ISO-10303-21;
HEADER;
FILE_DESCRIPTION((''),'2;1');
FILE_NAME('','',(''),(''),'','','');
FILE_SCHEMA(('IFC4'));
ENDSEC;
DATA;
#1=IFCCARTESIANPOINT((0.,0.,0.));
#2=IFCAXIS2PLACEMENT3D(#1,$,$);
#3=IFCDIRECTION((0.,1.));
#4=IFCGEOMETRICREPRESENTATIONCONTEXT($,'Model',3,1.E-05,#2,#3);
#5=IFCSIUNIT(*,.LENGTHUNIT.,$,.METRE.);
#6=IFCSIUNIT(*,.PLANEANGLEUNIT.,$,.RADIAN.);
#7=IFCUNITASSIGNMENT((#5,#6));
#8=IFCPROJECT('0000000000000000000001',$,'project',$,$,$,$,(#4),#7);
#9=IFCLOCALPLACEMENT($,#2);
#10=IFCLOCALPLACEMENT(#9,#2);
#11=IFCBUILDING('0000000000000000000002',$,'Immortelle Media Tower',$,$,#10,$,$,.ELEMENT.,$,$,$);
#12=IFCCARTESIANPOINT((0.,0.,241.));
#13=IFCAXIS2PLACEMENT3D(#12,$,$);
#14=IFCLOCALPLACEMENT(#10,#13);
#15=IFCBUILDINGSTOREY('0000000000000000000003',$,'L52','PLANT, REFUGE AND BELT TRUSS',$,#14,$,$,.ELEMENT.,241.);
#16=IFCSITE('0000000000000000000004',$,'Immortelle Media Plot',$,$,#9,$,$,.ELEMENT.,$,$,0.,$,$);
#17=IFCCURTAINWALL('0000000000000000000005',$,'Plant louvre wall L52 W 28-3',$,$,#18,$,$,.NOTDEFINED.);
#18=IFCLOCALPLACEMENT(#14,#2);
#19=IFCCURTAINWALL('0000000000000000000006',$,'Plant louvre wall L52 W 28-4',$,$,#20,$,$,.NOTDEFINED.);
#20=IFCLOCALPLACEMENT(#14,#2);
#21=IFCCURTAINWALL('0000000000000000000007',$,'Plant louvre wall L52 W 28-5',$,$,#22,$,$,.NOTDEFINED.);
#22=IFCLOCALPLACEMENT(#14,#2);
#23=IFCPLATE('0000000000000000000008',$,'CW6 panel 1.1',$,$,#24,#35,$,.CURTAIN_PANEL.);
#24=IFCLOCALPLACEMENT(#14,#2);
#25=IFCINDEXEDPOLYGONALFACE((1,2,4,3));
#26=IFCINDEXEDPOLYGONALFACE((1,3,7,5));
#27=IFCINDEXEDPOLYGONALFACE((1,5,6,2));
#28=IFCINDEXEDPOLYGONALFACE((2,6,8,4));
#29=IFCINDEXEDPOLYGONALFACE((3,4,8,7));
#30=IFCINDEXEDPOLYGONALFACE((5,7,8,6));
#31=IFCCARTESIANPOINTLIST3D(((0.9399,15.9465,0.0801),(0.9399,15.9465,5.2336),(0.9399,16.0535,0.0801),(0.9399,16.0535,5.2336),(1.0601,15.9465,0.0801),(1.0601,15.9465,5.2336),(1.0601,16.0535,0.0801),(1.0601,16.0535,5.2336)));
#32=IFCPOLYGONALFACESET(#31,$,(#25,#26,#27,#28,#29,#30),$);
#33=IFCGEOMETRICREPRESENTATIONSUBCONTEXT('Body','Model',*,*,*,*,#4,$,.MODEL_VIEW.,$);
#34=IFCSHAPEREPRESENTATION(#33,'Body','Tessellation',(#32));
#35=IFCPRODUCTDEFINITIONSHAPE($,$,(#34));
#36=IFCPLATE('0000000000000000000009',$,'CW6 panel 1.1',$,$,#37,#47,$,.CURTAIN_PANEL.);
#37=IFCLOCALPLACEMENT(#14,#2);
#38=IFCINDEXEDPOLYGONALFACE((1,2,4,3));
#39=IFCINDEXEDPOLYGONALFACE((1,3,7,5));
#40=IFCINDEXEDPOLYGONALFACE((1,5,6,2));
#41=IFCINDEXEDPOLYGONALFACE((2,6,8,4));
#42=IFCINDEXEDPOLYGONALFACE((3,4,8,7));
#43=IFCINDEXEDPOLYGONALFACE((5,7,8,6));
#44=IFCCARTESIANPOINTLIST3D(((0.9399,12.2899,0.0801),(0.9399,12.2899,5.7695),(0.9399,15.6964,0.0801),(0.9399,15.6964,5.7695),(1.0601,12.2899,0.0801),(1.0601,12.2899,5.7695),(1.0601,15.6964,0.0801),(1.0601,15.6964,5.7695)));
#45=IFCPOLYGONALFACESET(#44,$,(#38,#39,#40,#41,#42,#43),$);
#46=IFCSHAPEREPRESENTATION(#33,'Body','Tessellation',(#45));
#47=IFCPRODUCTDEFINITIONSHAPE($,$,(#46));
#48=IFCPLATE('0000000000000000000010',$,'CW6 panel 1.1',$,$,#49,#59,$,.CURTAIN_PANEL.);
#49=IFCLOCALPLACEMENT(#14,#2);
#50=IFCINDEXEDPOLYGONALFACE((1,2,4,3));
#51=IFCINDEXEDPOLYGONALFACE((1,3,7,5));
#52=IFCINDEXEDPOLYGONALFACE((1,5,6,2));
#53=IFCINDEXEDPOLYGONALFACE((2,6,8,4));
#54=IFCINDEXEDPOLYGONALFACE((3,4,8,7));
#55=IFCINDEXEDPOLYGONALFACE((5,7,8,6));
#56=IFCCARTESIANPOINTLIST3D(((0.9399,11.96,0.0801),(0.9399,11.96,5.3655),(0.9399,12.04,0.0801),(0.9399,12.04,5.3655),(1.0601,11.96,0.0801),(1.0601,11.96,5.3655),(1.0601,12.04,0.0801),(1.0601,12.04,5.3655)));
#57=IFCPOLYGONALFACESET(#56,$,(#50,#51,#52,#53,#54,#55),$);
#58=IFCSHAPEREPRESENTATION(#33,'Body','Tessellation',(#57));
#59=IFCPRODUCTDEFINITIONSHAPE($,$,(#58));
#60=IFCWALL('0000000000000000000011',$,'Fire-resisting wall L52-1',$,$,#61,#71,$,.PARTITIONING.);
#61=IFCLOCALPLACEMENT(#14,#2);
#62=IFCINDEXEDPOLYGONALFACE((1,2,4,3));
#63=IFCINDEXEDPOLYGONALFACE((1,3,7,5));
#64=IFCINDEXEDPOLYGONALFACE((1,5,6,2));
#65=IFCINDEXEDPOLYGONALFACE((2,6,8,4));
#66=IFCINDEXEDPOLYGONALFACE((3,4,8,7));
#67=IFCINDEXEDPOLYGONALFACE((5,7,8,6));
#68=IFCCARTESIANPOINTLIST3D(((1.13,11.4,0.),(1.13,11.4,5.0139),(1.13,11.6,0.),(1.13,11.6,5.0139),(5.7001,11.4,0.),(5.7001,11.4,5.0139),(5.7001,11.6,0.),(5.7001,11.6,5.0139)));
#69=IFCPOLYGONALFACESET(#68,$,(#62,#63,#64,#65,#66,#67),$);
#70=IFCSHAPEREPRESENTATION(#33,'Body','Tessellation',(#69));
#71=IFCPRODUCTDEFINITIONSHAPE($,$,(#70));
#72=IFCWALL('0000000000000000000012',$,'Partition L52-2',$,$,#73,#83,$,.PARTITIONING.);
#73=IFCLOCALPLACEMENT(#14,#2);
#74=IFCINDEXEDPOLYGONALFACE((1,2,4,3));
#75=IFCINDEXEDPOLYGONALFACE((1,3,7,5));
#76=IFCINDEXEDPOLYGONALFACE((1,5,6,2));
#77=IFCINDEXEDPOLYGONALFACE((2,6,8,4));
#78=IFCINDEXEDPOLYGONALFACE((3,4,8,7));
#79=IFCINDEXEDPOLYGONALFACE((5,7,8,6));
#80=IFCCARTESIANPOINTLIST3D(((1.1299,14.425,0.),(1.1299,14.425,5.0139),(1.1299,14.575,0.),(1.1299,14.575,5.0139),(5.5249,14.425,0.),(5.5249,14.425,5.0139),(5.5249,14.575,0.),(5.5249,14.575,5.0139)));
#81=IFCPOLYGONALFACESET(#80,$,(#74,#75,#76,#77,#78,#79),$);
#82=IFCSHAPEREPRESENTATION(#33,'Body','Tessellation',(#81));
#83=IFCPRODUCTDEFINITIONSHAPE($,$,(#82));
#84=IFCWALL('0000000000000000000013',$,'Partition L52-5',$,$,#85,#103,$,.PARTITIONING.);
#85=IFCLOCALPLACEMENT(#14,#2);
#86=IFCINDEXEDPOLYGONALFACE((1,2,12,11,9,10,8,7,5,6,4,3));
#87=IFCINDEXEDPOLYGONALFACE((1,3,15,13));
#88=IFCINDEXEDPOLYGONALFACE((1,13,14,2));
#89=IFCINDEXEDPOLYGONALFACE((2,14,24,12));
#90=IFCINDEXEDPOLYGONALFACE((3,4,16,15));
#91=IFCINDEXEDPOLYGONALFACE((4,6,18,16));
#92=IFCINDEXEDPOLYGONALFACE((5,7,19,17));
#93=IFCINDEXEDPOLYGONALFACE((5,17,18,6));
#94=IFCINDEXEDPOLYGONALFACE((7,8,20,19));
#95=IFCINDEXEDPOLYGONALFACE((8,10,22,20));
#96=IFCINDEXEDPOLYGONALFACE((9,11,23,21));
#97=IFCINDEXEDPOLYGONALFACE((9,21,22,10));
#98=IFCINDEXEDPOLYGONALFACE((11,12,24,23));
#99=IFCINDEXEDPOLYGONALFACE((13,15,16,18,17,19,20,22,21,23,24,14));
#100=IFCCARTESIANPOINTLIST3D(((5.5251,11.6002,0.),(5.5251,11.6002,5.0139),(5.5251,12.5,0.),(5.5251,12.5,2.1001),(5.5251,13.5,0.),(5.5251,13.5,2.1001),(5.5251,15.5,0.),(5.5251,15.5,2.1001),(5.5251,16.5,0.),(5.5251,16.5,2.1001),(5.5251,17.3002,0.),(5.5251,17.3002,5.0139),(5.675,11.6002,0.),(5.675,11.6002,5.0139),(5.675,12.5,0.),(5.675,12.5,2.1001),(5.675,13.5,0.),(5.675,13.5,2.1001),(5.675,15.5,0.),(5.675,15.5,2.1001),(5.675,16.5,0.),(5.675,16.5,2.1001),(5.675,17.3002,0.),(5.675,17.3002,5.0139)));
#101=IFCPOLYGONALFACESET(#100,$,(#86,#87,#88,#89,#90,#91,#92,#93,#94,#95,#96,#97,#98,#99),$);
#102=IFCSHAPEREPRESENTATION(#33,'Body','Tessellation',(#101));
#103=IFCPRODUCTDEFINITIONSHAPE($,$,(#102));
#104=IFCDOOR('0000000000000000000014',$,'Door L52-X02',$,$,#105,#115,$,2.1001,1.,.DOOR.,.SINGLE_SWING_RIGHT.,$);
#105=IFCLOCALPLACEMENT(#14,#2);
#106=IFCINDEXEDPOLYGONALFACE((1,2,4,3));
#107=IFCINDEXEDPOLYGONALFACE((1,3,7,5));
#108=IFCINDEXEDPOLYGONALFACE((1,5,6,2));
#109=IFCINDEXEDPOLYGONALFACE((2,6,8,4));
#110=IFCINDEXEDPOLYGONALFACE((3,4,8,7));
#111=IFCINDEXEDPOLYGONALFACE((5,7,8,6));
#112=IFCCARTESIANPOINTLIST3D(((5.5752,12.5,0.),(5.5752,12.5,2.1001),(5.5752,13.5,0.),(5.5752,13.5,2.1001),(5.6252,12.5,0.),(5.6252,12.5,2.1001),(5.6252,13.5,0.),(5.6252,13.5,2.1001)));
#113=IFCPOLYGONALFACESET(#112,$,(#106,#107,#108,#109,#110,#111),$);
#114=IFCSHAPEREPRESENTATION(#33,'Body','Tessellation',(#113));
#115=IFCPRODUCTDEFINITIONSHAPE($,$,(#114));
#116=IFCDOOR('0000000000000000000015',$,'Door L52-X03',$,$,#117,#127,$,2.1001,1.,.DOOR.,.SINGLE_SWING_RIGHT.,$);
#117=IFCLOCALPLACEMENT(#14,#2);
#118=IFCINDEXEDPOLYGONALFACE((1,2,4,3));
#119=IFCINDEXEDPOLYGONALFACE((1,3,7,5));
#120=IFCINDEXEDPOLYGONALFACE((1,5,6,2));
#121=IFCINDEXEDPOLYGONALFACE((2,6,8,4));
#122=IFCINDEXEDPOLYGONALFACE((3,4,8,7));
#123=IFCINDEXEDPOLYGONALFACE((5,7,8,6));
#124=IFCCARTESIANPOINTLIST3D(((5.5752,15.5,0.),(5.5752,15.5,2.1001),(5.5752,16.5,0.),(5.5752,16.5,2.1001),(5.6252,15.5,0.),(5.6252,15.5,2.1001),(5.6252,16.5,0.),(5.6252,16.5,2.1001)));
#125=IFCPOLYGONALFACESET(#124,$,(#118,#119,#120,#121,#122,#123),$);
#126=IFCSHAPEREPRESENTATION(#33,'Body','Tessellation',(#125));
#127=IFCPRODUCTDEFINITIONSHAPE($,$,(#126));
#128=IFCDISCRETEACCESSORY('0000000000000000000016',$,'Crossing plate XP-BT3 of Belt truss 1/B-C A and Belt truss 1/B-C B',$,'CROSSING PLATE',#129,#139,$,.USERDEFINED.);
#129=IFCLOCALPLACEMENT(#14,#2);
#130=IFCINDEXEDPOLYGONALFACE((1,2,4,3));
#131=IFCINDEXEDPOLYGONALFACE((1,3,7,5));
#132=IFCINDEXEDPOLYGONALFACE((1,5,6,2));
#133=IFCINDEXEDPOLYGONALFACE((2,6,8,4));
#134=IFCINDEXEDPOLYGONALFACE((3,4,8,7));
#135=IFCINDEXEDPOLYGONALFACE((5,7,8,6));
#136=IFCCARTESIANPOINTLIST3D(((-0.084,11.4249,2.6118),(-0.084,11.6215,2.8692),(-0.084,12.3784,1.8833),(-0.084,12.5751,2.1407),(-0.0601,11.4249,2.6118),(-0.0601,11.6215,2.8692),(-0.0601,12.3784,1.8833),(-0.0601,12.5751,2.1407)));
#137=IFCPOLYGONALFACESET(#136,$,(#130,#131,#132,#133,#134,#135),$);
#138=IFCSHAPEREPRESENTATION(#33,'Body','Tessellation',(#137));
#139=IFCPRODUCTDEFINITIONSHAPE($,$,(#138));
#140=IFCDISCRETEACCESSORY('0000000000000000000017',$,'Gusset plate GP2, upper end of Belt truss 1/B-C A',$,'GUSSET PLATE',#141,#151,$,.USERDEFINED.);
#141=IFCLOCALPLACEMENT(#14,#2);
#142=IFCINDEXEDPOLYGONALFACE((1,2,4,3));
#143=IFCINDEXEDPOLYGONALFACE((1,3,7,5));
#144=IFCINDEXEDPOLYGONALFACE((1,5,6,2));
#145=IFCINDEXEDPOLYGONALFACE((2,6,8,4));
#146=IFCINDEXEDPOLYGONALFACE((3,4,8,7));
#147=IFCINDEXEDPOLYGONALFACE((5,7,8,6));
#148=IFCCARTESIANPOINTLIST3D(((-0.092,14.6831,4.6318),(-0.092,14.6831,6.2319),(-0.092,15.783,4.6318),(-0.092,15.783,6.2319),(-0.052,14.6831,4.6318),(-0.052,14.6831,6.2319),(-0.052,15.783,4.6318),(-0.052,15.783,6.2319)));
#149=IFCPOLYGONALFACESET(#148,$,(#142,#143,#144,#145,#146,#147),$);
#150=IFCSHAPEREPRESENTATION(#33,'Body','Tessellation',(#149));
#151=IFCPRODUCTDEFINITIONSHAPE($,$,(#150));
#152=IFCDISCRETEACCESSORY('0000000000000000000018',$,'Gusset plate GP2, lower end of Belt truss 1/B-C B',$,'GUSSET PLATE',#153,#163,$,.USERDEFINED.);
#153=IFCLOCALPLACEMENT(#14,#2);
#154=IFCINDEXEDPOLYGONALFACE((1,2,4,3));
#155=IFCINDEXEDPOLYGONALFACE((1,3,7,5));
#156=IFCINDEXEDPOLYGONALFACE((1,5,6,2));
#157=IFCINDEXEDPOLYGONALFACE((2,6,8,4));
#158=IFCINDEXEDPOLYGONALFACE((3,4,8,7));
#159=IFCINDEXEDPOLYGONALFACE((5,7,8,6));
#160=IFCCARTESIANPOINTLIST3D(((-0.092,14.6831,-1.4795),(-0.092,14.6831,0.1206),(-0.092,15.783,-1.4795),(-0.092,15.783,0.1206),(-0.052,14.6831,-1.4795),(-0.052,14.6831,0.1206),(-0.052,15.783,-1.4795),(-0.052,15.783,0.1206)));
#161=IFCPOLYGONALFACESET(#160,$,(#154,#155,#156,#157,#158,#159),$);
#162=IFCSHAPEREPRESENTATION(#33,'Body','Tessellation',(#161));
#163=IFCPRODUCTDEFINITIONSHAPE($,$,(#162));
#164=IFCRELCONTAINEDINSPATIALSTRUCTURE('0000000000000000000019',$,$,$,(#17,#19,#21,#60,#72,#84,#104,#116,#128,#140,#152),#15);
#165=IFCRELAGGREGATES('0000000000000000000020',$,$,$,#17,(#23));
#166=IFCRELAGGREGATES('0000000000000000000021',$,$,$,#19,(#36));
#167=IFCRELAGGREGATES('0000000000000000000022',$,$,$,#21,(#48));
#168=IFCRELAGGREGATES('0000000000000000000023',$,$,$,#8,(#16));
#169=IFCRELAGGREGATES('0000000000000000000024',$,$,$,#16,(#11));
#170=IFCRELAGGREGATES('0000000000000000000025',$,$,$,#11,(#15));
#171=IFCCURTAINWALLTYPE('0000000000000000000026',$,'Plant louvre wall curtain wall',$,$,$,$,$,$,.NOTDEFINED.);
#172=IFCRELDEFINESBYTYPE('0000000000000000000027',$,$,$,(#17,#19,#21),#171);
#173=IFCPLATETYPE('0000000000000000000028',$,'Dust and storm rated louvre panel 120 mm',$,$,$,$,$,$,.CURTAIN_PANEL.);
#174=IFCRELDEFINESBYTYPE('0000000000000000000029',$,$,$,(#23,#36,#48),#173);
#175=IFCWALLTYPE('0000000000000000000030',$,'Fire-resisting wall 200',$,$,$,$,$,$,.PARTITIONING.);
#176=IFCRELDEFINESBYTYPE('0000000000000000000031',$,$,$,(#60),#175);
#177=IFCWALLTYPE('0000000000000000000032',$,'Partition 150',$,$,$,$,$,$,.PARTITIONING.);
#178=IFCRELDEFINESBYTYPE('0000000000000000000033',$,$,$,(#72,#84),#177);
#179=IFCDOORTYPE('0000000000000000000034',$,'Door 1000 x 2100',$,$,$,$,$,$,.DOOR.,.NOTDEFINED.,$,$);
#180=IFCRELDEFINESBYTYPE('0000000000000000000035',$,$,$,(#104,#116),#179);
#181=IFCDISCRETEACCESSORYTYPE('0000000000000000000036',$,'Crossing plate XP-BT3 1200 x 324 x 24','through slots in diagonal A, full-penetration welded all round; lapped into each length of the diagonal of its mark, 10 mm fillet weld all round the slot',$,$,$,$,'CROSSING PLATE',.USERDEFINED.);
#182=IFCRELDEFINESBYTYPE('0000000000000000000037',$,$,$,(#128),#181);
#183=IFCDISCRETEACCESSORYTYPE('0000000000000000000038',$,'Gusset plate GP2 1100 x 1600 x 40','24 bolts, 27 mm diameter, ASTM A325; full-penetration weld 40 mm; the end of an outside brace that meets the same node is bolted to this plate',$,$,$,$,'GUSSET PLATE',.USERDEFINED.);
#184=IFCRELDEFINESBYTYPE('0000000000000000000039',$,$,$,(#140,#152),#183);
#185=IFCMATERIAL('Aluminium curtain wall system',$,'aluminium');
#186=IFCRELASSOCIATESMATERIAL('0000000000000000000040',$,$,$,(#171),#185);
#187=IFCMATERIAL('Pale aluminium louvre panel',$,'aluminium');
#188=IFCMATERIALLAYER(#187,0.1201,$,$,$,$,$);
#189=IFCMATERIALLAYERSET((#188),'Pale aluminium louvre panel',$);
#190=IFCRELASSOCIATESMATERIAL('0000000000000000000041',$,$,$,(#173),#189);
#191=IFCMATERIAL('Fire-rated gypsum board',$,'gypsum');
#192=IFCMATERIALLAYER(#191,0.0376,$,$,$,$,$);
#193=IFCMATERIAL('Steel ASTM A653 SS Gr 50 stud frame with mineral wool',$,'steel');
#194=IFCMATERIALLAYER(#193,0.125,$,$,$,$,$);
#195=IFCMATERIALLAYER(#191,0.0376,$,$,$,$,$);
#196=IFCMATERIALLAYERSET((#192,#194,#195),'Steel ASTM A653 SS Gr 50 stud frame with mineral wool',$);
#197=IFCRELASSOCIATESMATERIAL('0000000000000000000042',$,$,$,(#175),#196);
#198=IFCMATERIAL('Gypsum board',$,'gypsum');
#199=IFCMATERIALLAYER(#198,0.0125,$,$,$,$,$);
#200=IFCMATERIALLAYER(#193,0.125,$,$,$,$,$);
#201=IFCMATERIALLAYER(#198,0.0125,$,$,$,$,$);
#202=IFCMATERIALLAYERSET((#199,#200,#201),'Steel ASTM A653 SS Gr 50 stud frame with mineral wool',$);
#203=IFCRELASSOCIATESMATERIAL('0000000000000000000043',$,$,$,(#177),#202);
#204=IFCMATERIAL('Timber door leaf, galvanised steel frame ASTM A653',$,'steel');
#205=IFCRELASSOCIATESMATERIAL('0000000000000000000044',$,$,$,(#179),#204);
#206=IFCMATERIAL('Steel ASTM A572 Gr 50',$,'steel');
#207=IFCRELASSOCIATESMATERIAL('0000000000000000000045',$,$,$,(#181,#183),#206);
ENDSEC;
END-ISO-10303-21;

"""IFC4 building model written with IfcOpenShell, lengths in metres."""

from ifc_helpers import new_model, si_unit, direction, frame, frame_2d, origin, origin_2d, place, context, subcontext, project, spatial, rectangle, extrude, material, layer, layer_set, material_profile, profile_set, type_object, element, fill, aggregate, save


model = new_model("IFC4")

# Units and contexts
model_context = context("Model", 3, precision=1e-05, world=origin(), true_north=direction((0.0, 1.0)))
body_context = subcontext(model_context, "Body", "Model", "MODEL_VIEW")
ifc_project = project(units=[si_unit("LENGTHUNIT", "METRE"), si_unit("PLANEANGLEUNIT", "RADIAN")], contexts=[model_context])

# Site, building, storey
site_placement = place(None, origin())
site = spatial("IfcSite", under=ifc_project, at=site_placement, Name="Immortelle Media Plot", CompositionType="ELEMENT", RefElevation=0.0)
building_placement = place(site_placement, origin())
building = spatial("IfcBuilding", under=site, at=building_placement, Name="Immortelle Media Tower", CompositionType="ELEMENT")
storey_placement = place(building_placement, frame((0.0, 0.0, 241.0)))
storey = spatial("IfcBuildingStorey", under=building, at=storey_placement, Name="L52", Description="PLANT, REFUGE AND BELT TRUSS", CompositionType="ELEMENT", Elevation=241.0)

# Shared definitions
ifc_material_1 = material(Name="Aluminium curtain wall system", Category="aluminium")
curtain_wall_type = type_object("IfcCurtainWallType", Name="Plant louvre wall curtain wall", PredefinedType="NOTDEFINED", material=ifc_material_1)

# Curtain walls
curtain_wall_1_placement = place(storey_placement, origin())
curtain_wall_1 = element("IfcCurtainWall", 1, at=curtain_wall_1_placement, inside=storey, type_object=curtain_wall_type, Name="Plant louvre wall L52 W 28-3", PredefinedType="NOTDEFINED")
curtain_wall_2_placement = place(storey_placement, origin())
curtain_wall_2 = element("IfcCurtainWall", 2, at=curtain_wall_2_placement, inside=storey, type_object=curtain_wall_type, Name="Plant louvre wall L52 W 28-4", PredefinedType="NOTDEFINED")
curtain_wall_3_placement = place(storey_placement, origin())
curtain_wall_3 = element("IfcCurtainWall", 3, at=curtain_wall_3_placement, inside=storey, type_object=curtain_wall_type, Name="Plant louvre wall L52 W 28-5", PredefinedType="NOTDEFINED")

# Plates
ifc_material_2 = material(Name="Pale aluminium louvre panel", Category="aluminium")
ifc_layer_1 = layer(ifc_material_2, 0.1201)
ifc_layer_set_1 = layer_set([ifc_layer_1], Name="Pale aluminium louvre panel")
plate_type = type_object("IfcPlateType", Name="Dust and storm rated louvre panel 120 mm", PredefinedType="CURTAIN_PANEL", material=ifc_layer_set_1)
plate_1_placement = place(storey_placement, frame((1.0, 16.0, 0.0801), z_axis=(0.0, 0.0, 1.0), x_axis=(0.0, -1.0, 0.0)))
plate_1 = element("IfcPlate", 4, at=plate_1_placement, type_object=plate_type, Name="CW6 panel 1.1", PredefinedType="CURTAIN_PANEL", context=body_context, shape_type="SweptSolid", body=[
    extrude(rectangle(XDim=0.1069, YDim=0.1201, at=origin_2d()), origin(), (0.0, 0.0, 1.0), 5.1536),
])
aggregate(curtain_wall_1, [plate_1])
plate_2_placement = place(storey_placement, frame((1.0, 13.9932, 0.0801), z_axis=(0.0, 0.0, 1.0), x_axis=(0.0, -1.0, 0.0)))
plate_2 = element("IfcPlate", 5, at=plate_2_placement, type_object=plate_type, Name="CW6 panel 1.1", PredefinedType="CURTAIN_PANEL", context=body_context, shape_type="SweptSolid", body=[
    extrude(rectangle(XDim=3.4065, YDim=0.1201, at=origin_2d()), origin(), (0.0, 0.0, 1.0), 5.6895),
])
aggregate(curtain_wall_2, [plate_2])
plate_3_placement = place(storey_placement, frame((1.0, 12.0, 0.0801), z_axis=(0.0, 0.0, 1.0), x_axis=(0.0, -1.0, 0.0)))
plate_3 = element("IfcPlate", 6, at=plate_3_placement, type_object=plate_type, Name="CW6 panel 1.1", PredefinedType="CURTAIN_PANEL", context=body_context, shape_type="SweptSolid", body=[
    extrude(rectangle(XDim=0.0801, YDim=0.1201, at=origin_2d()), origin(), (0.0, 0.0, 1.0), 5.2854),
])
aggregate(curtain_wall_3, [plate_3])

# Walls
ifc_material_3 = material(Name="Fire-rated gypsum board", Category="gypsum")
ifc_layer_2 = layer(ifc_material_3, 0.0376)
ifc_material_4 = material(Name="Steel ASTM A653 SS Gr 50 stud frame with mineral wool", Category="steel")
ifc_layer_3 = layer(ifc_material_4, 0.125)
ifc_layer_4 = layer(ifc_material_3, 0.0376)
ifc_layer_set_2 = layer_set([ifc_layer_2, ifc_layer_3, ifc_layer_4], Name="Steel ASTM A653 SS Gr 50 stud frame with mineral wool")
wall_type_1 = type_object("IfcWallType", Name="Fire-resisting wall 200", PredefinedType="PARTITIONING", material=ifc_layer_set_2)
wall_1_placement = place(storey_placement, frame((1.1299, 11.5, 0.0), z_axis=(0.0, 0.0, 1.0), x_axis=(1.0, 0.0, 0.0)))
element("IfcWall", 7, at=wall_1_placement, inside=storey, type_object=wall_type_1, Name="Fire-resisting wall L52-1", PredefinedType="PARTITIONING", context=body_context, shape_type="SweptSolid", body=[
    extrude(rectangle(XDim=4.5701, YDim=0.2, at=frame_2d((2.2852, 0.0))), origin(), (0.0, 0.0, 1.0), 5.0139),
])
ifc_material_5 = material(Name="Gypsum board", Category="gypsum")
ifc_layer_5 = layer(ifc_material_5, 0.0125)
ifc_layer_6 = layer(ifc_material_4, 0.125)
ifc_layer_7 = layer(ifc_material_5, 0.0125)
ifc_layer_set_3 = layer_set([ifc_layer_5, ifc_layer_6, ifc_layer_7], Name="Steel ASTM A653 SS Gr 50 stud frame with mineral wool")
wall_type_2 = type_object("IfcWallType", Name="Partition 150", PredefinedType="PARTITIONING", material=ifc_layer_set_3)
wall_2_placement = place(storey_placement, frame((1.1299, 14.5, 0.0), z_axis=(0.0, 0.0, 1.0), x_axis=(1.0, 0.0, 0.0)))
element("IfcWall", 8, at=wall_2_placement, inside=storey, type_object=wall_type_2, Name="Partition L52-2", PredefinedType="PARTITIONING", context=body_context, shape_type="SweptSolid", body=[
    extrude(rectangle(XDim=4.395, YDim=0.1499, at=frame_2d((2.1975, 0.0))), origin(), (0.0, 0.0, 1.0), 5.0139),
])

# Wall, openings, doors
wall_3_placement = place(storey_placement, frame((5.6001, 11.6001, 0.0), z_axis=(0.0, 0.0, 1.0), x_axis=(0.0, 1.0, 0.0)))
wall_3 = element("IfcWall", 9, at=wall_3_placement, inside=storey, type_object=wall_type_2, Name="Partition L52-5", PredefinedType="PARTITIONING", context=body_context, shape_type="SweptSolid", body=[
    extrude(rectangle(XDim=5.7, YDim=0.1499, at=frame_2d((2.8501, 0.0))), origin(), (0.0, 0.0, 1.0), 5.0139),
])
opening_1_placement = place(wall_3_placement, frame((0.8999, 0.0, 0.0)))
opening_1 = element("IfcOpeningElement", 10, at=opening_1_placement, cuts=wall_3, PredefinedType="OPENING", context=body_context, shape_type="SweptSolid", body=[
    extrude(rectangle(XDim=1.0, YDim=2.1001, at=frame_2d((0.5, 1.05))), frame((0.0, 0.085, 0.0), z_axis=(0.0, -1.0, 0.0), x_axis=(1.0, 0.0, 0.0)), (0.0, 0.0, 1.0), 0.1699),
])
opening_2_placement = place(wall_3_placement, frame((3.8999, 0.0, 0.0)))
opening_2 = element("IfcOpeningElement", 11, at=opening_2_placement, cuts=wall_3, PredefinedType="OPENING", context=body_context, shape_type="SweptSolid", body=[
    extrude(rectangle(XDim=1.0, YDim=2.1001, at=frame_2d((0.5, 1.05))), frame((0.0, 0.085, 0.0), z_axis=(0.0, -1.0, 0.0), x_axis=(1.0, 0.0, 0.0)), (0.0, 0.0, 1.0), 0.1699),
])
ifc_material_6 = material(Name="Timber door leaf, galvanised steel frame ASTM A653", Category="steel")
door_type = type_object("IfcDoorType", Name="Door 1000 x 2100", OperationType="NOTDEFINED", PredefinedType="DOOR", material=ifc_material_6)
door_1_placement = place(opening_1_placement, origin())
door_1 = element("IfcDoor", 12, at=door_1_placement, inside=storey, type_object=door_type, Name="Door L52-X02", OperationType="SINGLE_SWING_RIGHT", OverallHeight=2.1001, OverallWidth=1.0, PredefinedType="DOOR", context=body_context, shape_type="SweptSolid", body=[
    extrude(rectangle(XDim=1.0, YDim=2.1001, at=frame_2d((0.5, 1.05))), frame((0.0, 0.0249, 0.0), z_axis=(0.0, -1.0, 0.0), x_axis=(1.0, 0.0, 0.0)), (0.0, 0.0, 1.0), 0.05),
])
fill(opening_1, door_1)
door_2_placement = place(opening_2_placement, origin())
door_2 = element("IfcDoor", 13, at=door_2_placement, inside=storey, type_object=door_type, Name="Door L52-X03", OperationType="SINGLE_SWING_RIGHT", OverallHeight=2.1001, OverallWidth=1.0, PredefinedType="DOOR", context=body_context, shape_type="SweptSolid", body=[
    extrude(rectangle(XDim=1.0, YDim=2.1001, at=frame_2d((0.5, 1.05))), frame((0.0, 0.0249, 0.0), z_axis=(0.0, -1.0, 0.0), x_axis=(1.0, 0.0, 0.0)), (0.0, 0.0, 1.0), 0.05),
])
fill(opening_2, door_2)

# Discrete accessories
ifc_material_7 = material(Name="Steel ASTM A572 Gr 50", Category="steel")
ifc_material_profile_1 = material_profile(ifc_material_7, rectangle(XDim=0.0239, YDim=0.324, at=origin_2d()), Name="PL 24 x 324")
ifc_profile_set_1 = profile_set([ifc_material_profile_1], Name="Steel ASTM A572 Gr 50")
discrete_accessory_type_1 = type_object("IfcDiscreteAccessoryType", Name="Crossing plate XP-BT3 1200 x 324 x 24", Description="through slots in diagonal A, full-penetration welded all round; lapped into each length of the diagonal of its mark, 10 mm fillet weld all round the slot", ElementType="CROSSING PLATE", PredefinedType="USERDEFINED", material=ifc_profile_set_1)
discrete_accessory_placement = place(storey_placement, frame((-0.072, 11.5232, 2.7405), z_axis=(0.0, 0.794646, -0.607072), x_axis=(-1.0, 0.0, 0.0)))
element("IfcDiscreteAccessory", 14, at=discrete_accessory_placement, inside=storey, type_object=discrete_accessory_type_1, Name="Crossing plate XP-BT3 of Belt truss 1/B-C A and Belt truss 1/B-C B", ObjectType="CROSSING PLATE", PredefinedType="USERDEFINED", context=body_context, shape_type="SweptSolid", body=[
    extrude(rectangle(XDim=0.0239, YDim=0.324, at=origin_2d()), origin(), (0.0, 0.0, 1.0), 1.2),
])
ifc_material_profile_2 = material_profile(ifc_material_7, rectangle(XDim=0.04, YDim=1.6001, at=origin_2d()), Name="PL 40 x 1600")
ifc_profile_set_2 = profile_set([ifc_material_profile_2], Name="Steel ASTM A572 Gr 50")
discrete_accessory_type_2 = type_object("IfcDiscreteAccessoryType", Name="Gusset plate GP2 1100 x 1600 x 40", Description="24 bolts, 27 mm diameter, ASTM A325; full-penetration weld 40 mm; the end of an outside brace that meets the same node is bolted to this plate", ElementType="GUSSET PLATE", PredefinedType="USERDEFINED", material=ifc_profile_set_2)
for number, where, z_axis, x_axis, name in (
    (15, (-0.072, 15.783, 5.4319), (0.0, -1.0, 0.0), (1.0, 0.0, 0.0), "Gusset plate GP2, upper end of Belt truss 1/B-C A"),
    (16, (-0.072, 15.783, -0.6794), (0.0, -1.0, 0.0), (1.0, 0.0, 0.0), "Gusset plate GP2, lower end of Belt truss 1/B-C B"),
):
    element("IfcDiscreteAccessory", number, at=place(storey_placement, frame(where, z_axis=z_axis, x_axis=x_axis)), inside=storey, type_object=discrete_accessory_type_2, Name=name, ObjectType="GUSSET PLATE", PredefinedType="USERDEFINED", context=body_context, shape_type="SweptSolid", body=[
        extrude(rectangle(XDim=0.04, YDim=1.6001, at=origin_2d()), origin(), (0.0, 0.0, 1.0), 1.0999),
    ])

save(model, "model.ifc")
